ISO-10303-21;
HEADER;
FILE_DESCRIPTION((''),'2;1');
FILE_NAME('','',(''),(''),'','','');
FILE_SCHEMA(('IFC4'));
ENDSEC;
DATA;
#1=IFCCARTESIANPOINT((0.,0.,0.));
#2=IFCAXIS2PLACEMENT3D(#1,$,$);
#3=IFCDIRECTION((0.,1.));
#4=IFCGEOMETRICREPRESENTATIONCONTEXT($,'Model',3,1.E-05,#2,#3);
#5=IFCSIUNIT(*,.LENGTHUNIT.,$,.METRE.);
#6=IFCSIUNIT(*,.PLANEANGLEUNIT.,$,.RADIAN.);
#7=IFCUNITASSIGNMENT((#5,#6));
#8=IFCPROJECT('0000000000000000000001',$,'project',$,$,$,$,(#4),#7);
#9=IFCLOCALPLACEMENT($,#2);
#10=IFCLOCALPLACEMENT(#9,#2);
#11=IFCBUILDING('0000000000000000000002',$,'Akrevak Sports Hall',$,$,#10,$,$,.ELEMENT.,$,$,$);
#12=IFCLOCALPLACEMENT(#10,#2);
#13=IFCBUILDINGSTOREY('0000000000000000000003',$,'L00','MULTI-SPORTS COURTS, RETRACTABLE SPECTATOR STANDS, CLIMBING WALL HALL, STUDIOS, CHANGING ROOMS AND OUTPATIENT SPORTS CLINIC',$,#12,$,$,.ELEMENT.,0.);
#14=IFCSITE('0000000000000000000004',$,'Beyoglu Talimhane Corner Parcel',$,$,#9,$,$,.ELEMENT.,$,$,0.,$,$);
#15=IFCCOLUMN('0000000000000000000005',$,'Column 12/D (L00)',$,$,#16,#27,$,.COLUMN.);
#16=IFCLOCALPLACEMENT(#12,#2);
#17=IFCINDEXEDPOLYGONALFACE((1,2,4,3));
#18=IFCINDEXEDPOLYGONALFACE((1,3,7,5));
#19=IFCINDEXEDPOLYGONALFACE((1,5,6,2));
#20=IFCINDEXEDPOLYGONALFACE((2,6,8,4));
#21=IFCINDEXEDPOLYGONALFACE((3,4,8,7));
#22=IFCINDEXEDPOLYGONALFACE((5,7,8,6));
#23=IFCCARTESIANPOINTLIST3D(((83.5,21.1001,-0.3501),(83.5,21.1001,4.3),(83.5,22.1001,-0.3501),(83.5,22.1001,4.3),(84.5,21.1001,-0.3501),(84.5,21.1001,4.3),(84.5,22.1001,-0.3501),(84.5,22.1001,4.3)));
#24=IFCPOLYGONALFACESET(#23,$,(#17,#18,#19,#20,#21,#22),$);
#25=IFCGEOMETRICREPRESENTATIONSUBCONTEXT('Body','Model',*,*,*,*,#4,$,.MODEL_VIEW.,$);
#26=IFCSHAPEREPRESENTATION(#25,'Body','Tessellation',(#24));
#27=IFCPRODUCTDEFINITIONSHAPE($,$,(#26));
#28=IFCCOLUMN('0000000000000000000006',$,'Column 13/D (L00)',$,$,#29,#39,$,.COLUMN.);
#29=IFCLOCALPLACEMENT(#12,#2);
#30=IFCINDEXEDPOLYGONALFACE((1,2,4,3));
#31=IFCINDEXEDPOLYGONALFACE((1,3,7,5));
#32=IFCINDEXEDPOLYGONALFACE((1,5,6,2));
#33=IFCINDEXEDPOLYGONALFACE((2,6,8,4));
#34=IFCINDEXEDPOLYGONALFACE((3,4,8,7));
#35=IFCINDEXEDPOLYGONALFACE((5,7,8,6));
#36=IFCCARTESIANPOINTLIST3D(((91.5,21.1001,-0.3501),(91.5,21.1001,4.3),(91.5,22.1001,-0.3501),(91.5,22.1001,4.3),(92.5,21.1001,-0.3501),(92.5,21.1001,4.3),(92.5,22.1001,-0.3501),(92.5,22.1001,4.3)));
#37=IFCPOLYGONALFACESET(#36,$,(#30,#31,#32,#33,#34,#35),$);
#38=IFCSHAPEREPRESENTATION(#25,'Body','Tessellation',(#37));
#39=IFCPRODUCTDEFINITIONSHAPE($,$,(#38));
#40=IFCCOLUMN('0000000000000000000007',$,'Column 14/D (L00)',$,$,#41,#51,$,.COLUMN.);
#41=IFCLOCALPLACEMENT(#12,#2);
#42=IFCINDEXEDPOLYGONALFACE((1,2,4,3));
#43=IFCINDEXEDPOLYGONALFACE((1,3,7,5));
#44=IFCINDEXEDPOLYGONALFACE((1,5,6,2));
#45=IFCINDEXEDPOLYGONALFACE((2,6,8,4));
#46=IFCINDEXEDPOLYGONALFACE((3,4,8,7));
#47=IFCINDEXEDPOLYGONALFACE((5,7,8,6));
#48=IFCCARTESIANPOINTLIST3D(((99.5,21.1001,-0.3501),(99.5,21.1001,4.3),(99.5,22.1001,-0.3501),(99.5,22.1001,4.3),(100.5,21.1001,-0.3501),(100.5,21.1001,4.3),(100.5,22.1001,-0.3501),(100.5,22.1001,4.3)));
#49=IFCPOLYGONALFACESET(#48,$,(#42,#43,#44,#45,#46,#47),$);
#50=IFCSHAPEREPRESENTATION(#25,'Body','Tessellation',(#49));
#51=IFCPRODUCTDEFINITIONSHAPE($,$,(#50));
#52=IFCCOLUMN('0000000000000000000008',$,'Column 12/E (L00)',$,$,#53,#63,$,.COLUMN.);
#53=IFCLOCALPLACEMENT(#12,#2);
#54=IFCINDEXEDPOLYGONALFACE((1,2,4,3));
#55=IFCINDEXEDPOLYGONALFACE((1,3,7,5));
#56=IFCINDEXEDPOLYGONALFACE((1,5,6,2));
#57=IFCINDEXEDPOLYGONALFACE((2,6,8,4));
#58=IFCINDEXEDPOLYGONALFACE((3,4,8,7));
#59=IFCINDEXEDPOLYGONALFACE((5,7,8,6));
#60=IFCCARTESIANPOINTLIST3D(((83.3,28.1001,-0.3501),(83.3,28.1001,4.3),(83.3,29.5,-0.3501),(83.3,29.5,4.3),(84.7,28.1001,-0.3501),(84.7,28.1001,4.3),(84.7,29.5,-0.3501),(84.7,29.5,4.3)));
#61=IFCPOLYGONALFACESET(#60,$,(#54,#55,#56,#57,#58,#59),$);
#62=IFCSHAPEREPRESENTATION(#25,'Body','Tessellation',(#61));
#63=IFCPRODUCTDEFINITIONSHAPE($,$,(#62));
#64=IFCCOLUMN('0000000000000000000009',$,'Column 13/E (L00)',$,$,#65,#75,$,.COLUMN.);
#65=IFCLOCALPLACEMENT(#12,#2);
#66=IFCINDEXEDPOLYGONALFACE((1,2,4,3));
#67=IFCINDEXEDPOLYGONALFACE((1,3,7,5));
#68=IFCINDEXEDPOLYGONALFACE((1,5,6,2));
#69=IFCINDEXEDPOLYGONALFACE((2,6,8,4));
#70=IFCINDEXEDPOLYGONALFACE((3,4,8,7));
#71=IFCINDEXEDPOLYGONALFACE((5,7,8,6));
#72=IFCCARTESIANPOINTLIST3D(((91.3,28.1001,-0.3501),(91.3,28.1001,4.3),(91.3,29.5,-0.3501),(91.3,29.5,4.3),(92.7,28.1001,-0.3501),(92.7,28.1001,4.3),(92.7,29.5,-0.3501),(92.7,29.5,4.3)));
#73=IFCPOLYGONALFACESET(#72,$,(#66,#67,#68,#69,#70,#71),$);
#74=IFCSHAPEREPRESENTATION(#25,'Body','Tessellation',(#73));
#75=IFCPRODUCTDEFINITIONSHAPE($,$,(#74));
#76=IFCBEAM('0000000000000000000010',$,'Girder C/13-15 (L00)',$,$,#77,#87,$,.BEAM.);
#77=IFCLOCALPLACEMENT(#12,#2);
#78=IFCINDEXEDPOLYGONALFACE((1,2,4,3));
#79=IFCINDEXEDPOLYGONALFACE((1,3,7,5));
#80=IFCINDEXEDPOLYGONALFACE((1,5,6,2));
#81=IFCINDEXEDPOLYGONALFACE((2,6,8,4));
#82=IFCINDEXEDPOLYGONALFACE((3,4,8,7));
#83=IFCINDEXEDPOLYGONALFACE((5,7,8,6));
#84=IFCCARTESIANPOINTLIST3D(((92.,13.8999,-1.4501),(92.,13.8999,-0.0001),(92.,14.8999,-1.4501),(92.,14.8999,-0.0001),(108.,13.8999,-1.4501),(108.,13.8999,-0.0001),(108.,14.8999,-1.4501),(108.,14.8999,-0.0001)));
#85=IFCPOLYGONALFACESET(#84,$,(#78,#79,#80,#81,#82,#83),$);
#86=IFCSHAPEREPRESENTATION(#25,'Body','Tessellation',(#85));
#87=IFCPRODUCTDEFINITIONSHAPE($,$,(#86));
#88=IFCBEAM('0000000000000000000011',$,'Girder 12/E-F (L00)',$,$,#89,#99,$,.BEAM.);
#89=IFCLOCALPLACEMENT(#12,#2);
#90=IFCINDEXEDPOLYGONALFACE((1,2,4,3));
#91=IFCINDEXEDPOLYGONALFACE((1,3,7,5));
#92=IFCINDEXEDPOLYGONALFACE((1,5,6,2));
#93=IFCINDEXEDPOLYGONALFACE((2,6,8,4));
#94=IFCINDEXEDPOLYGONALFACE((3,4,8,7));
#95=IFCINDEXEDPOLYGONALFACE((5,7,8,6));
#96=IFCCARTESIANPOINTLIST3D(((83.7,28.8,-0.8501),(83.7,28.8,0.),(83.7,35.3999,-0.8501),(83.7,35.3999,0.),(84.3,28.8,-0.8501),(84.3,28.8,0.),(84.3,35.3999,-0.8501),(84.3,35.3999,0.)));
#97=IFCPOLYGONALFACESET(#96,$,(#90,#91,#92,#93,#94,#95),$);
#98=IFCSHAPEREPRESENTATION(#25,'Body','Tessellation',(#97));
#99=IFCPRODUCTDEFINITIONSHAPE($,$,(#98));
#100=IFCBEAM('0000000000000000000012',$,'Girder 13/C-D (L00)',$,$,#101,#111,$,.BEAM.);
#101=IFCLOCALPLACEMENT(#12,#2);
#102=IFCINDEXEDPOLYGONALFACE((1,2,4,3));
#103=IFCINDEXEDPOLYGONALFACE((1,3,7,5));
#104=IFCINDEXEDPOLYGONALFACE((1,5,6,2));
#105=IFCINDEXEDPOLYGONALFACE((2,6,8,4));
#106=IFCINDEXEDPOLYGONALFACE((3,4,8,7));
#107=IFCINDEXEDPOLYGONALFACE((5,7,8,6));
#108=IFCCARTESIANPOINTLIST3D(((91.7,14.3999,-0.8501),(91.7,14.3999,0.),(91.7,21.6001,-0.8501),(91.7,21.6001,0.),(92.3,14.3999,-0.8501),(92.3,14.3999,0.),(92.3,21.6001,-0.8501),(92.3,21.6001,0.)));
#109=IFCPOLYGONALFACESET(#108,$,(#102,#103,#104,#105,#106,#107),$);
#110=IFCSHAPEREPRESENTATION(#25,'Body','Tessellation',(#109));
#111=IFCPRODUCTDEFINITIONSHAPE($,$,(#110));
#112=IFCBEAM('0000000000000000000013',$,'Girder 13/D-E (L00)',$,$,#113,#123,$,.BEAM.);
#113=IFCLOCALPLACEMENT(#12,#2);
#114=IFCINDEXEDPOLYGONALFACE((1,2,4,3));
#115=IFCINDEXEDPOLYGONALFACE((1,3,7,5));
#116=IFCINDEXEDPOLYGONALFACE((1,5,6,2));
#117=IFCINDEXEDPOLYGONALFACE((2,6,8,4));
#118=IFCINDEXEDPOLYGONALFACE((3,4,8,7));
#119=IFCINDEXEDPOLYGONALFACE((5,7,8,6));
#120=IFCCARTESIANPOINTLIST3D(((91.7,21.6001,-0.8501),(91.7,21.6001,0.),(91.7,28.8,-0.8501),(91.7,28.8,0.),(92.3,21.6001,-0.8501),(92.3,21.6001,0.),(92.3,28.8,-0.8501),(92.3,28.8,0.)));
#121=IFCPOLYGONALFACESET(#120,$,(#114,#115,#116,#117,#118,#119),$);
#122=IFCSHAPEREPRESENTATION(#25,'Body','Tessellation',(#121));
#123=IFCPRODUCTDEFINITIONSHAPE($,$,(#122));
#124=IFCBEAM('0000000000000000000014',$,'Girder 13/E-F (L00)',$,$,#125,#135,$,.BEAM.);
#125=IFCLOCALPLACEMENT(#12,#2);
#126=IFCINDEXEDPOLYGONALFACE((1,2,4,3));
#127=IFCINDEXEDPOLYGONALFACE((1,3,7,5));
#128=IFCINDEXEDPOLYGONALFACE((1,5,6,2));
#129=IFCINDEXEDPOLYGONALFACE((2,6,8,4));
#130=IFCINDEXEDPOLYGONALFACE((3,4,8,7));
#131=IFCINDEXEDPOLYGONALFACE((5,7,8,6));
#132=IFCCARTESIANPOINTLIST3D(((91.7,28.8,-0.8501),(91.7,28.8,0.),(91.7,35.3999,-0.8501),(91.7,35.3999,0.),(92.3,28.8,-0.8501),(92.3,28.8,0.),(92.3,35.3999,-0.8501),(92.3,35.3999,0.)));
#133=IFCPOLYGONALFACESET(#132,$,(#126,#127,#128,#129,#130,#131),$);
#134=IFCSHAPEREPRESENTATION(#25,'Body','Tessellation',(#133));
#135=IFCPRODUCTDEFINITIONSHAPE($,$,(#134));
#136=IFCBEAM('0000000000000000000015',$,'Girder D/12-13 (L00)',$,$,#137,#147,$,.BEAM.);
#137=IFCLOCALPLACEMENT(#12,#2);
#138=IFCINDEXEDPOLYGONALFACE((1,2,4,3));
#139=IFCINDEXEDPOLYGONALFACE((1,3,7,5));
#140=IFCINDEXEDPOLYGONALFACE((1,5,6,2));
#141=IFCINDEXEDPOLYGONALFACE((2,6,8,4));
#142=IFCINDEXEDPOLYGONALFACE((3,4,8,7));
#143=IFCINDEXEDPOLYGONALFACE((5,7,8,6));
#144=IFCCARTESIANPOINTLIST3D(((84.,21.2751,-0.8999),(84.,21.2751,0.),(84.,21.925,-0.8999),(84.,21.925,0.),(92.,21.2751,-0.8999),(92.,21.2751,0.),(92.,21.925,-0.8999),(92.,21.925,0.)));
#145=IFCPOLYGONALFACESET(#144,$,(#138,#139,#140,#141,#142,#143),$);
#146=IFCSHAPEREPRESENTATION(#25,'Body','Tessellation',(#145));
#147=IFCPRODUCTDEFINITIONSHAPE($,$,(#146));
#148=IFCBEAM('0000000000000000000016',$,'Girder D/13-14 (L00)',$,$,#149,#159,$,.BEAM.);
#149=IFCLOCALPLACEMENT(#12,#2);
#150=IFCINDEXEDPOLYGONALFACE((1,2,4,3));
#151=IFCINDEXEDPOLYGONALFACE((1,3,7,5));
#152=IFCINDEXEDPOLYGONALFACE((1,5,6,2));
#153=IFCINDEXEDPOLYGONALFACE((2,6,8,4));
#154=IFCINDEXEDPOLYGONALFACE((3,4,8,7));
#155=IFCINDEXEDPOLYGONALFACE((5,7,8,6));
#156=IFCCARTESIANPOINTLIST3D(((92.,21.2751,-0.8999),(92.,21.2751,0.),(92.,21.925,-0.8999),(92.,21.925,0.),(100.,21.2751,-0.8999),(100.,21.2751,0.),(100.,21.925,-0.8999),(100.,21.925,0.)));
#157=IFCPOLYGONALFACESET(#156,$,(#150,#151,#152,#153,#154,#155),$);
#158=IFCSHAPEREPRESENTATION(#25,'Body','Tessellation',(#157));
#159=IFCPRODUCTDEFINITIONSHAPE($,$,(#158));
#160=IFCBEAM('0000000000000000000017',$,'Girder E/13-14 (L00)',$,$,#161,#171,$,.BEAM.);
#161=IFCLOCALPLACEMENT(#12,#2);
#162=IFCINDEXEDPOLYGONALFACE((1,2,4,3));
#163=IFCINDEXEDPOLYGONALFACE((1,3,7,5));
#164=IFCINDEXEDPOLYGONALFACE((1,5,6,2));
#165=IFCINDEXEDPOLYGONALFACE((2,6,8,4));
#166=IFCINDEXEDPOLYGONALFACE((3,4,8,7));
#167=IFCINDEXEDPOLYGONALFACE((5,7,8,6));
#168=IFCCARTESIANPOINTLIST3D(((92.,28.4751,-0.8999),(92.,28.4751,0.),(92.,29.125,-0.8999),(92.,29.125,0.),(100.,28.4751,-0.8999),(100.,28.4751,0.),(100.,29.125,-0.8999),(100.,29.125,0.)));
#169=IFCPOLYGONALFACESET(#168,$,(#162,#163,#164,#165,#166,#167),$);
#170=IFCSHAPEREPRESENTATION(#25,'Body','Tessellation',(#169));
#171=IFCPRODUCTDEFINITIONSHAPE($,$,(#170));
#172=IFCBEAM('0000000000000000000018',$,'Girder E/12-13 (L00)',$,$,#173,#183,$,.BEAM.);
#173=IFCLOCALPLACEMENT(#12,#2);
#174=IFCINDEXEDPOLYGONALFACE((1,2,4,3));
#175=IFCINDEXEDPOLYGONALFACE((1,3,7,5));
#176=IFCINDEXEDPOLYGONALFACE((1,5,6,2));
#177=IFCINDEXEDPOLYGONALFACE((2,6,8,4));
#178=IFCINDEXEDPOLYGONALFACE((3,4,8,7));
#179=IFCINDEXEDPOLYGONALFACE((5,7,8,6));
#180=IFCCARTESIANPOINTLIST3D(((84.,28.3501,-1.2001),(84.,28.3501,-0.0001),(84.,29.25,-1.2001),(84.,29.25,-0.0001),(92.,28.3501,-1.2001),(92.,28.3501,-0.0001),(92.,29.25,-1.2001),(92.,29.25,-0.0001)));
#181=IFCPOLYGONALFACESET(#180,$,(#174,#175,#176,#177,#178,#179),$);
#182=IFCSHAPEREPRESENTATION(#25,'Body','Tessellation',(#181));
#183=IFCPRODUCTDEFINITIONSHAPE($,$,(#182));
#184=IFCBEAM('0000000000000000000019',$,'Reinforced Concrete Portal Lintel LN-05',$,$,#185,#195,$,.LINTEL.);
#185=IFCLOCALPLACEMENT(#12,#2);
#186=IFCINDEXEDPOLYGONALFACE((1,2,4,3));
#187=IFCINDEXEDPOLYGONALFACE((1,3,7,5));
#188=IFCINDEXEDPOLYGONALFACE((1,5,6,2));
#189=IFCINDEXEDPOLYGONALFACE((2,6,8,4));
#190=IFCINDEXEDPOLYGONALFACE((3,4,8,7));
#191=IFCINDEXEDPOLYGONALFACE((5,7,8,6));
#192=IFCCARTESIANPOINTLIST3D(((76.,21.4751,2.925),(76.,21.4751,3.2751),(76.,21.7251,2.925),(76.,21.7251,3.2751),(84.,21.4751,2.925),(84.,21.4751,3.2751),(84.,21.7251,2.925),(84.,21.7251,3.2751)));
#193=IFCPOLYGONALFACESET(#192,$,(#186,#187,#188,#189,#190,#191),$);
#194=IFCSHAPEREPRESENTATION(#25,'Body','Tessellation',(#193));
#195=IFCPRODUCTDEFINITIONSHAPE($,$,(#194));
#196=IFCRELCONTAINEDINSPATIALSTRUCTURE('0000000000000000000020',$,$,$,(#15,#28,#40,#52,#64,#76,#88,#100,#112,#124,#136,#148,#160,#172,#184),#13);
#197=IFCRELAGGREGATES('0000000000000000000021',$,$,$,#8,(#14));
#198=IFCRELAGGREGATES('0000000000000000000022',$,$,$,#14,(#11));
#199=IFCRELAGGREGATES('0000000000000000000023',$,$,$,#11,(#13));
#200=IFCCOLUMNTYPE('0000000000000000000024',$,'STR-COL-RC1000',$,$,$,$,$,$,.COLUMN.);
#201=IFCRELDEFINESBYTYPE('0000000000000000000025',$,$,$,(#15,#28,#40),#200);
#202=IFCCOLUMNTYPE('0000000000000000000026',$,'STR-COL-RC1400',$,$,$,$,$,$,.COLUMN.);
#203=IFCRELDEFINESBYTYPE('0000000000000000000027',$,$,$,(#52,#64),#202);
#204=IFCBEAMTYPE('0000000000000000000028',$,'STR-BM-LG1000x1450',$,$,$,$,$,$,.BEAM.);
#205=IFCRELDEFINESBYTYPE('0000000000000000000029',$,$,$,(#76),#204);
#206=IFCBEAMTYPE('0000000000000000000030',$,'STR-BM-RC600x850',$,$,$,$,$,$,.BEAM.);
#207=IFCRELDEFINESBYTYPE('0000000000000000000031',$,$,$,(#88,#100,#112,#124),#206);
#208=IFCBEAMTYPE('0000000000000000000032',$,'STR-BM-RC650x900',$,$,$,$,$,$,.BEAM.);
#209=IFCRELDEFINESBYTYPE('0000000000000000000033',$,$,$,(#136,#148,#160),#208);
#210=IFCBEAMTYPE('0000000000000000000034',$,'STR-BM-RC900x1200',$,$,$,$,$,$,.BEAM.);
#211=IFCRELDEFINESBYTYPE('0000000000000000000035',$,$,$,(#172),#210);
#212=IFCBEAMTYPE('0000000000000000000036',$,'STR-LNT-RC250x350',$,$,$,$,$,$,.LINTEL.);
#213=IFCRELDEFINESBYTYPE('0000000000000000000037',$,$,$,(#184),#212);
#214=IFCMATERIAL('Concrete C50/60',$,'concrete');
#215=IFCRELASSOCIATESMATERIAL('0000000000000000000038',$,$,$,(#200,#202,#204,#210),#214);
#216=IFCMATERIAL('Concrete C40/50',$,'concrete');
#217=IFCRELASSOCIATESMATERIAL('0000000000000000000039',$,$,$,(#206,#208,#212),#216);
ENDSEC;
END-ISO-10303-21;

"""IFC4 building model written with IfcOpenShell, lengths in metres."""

from ifc_helpers import new_model, si_unit, direction, frame, origin, origin_2d, place, context, subcontext, project, spatial, rectangle, extrude, material, material_profile, profile_set, type_object, element, save


model = new_model("IFC4")

# Units and contexts
model_context = context("Model", 3, precision=1e-05, world=origin(), true_north=direction((0.0, 1.0)))
body_context = subcontext(model_context, "Body", "Model", "MODEL_VIEW")
ifc_project = project(units=[si_unit("LENGTHUNIT", "METRE"), si_unit("PLANEANGLEUNIT", "RADIAN")], contexts=[model_context])

# Site, building, storey
site_placement = place(None, origin())
site = spatial("IfcSite", under=ifc_project, at=site_placement, Name="Beyoglu Talimhane Corner Parcel", CompositionType="ELEMENT", RefElevation=0.0)
building_placement = place(site_placement, origin())
building = spatial("IfcBuilding", under=site, at=building_placement, Name="Akrevak Sports Hall", CompositionType="ELEMENT")
storey_placement = place(building_placement, origin())
storey = spatial("IfcBuildingStorey", under=building, at=storey_placement, Name="L00", Description="MULTI-SPORTS COURTS, RETRACTABLE SPECTATOR STANDS, CLIMBING WALL HALL, STUDIOS, CHANGING ROOMS AND OUTPATIENT SPORTS CLINIC", CompositionType="ELEMENT", Elevation=0.0)

# Columns
ifc_material_1 = material(Name="Concrete C50/60", Category="concrete")
ifc_material_profile_1 = material_profile(ifc_material_1, rectangle(XDim=1.0, YDim=1.0, at=origin_2d()), Name="RC 1000x1000", Category="concrete")
ifc_profile_set_1 = profile_set([ifc_material_profile_1], Name="Concrete C50/60")
column_type_1 = type_object("IfcColumnType", Name="STR-COL-RC1000", PredefinedType="COLUMN", material=ifc_profile_set_1)
for number, where, z_axis, x_axis, name in (
    (1, (84.0, 21.6001, -0.3501), (0.0, 0.0, 1.0), (1.0, 0.0, 0.0), "Column 12/D (L00)"),
    (2, (92.0, 21.6001, -0.3501), (0.0, 0.0, 1.0), (1.0, 0.0, 0.0), "Column 13/D (L00)"),
    (3, (100.0, 21.6001, -0.3501), (0.0, 0.0, 1.0), (1.0, 0.0, 0.0), "Column 14/D (L00)"),
):
    element("IfcColumn", number, at=place(storey_placement, frame(where, z_axis=z_axis, x_axis=x_axis)), inside=storey, type_object=column_type_1, Name=name, PredefinedType="COLUMN", context=body_context, shape_type="SweptSolid", body=[
        extrude(rectangle(XDim=1.0, YDim=1.0, at=origin_2d()), origin(), (0.0, 0.0, 1.0), 4.6501),
    ])
ifc_material_profile_2 = material_profile(ifc_material_1, rectangle(XDim=1.3999, YDim=1.3999, at=origin_2d()), Name="RC 1400x1400", Category="concrete")
ifc_profile_set_2 = profile_set([ifc_material_profile_2], Name="Concrete C50/60")
column_type_2 = type_object("IfcColumnType", Name="STR-COL-RC1400", PredefinedType="COLUMN", material=ifc_profile_set_2)
for number, where, z_axis, x_axis, name in (
    (4, (84.0, 28.8, -0.3501), (0.0, 0.0, 1.0), (1.0, 0.0, 0.0), "Column 12/E (L00)"),
    (5, (92.0, 28.8, -0.3501), (0.0, 0.0, 1.0), (1.0, 0.0, 0.0), "Column 13/E (L00)"),
):
    element("IfcColumn", number, at=place(storey_placement, frame(where, z_axis=z_axis, x_axis=x_axis)), inside=storey, type_object=column_type_2, Name=name, PredefinedType="COLUMN", context=body_context, shape_type="SweptSolid", body=[
        extrude(rectangle(XDim=1.3999, YDim=1.3999, at=origin_2d()), origin(), (0.0, 0.0, 1.0), 4.6501),
    ])

# Beams
ifc_material_profile_3 = material_profile(ifc_material_1, rectangle(XDim=1.0, YDim=1.45, at=origin_2d()), Name="BM 1000x1450", Category="concrete")
ifc_profile_set_3 = profile_set([ifc_material_profile_3], Name="Concrete C50/60")
beam_type_1 = type_object("IfcBeamType", Name="STR-BM-LG1000x1450", PredefinedType="BEAM", material=ifc_profile_set_3)
beam_1_placement = place(storey_placement, frame((92.0, 14.3999, -0.7251), z_axis=(1.0, 0.0, 0.0), x_axis=(0.0, 1.0, 0.0)))
element("IfcBeam", 6, at=beam_1_placement, inside=storey, type_object=beam_type_1, Name="Girder C/13-15 (L00)", PredefinedType="BEAM", context=body_context, shape_type="SweptSolid", body=[
    extrude(rectangle(XDim=1.0, YDim=1.45, at=origin_2d()), origin(), (0.0, 0.0, 1.0), 16.0),
])
ifc_material_2 = material(Name="Concrete C40/50", Category="concrete")
ifc_material_profile_4 = material_profile(ifc_material_2, rectangle(XDim=0.6001, YDim=0.8501, at=origin_2d()), Name="BM 600x850", Category="concrete")
ifc_profile_set_4 = profile_set([ifc_material_profile_4], Name="Concrete C40/50")
beam_type_2 = type_object("IfcBeamType", Name="STR-BM-RC600x850", PredefinedType="BEAM", material=ifc_profile_set_4)
beam_2_placement = place(storey_placement, frame((84.0, 28.8, -0.425), z_axis=(0.0, 1.0, 0.0), x_axis=(-1.0, 0.0, 0.0)))
element("IfcBeam", 7, at=beam_2_placement, inside=storey, type_object=beam_type_2, Name="Girder 12/E-F (L00)", PredefinedType="BEAM", context=body_context, shape_type="SweptSolid", body=[
    extrude(rectangle(XDim=0.6001, YDim=0.8501, at=origin_2d()), origin(), (0.0, 0.0, 1.0), 6.5999),
])
beam_3_placement = place(storey_placement, frame((92.0, 14.3999, -0.425), z_axis=(0.0, 1.0, 0.0), x_axis=(-1.0, 0.0, 0.0)))
element("IfcBeam", 8, at=beam_3_placement, inside=storey, type_object=beam_type_2, Name="Girder 13/C-D (L00)", PredefinedType="BEAM", context=body_context, shape_type="SweptSolid", body=[
    extrude(rectangle(XDim=0.6001, YDim=0.8501, at=origin_2d()), origin(), (0.0, 0.0, 1.0), 7.2002),
])
beam_4_placement = place(storey_placement, frame((92.0, 21.6001, -0.425), z_axis=(0.0, 1.0, 0.0), x_axis=(-1.0, 0.0, 0.0)))
element("IfcBeam", 9, at=beam_4_placement, inside=storey, type_object=beam_type_2, Name="Girder 13/D-E (L00)", PredefinedType="BEAM", context=body_context, shape_type="SweptSolid", body=[
    extrude(rectangle(XDim=0.6001, YDim=0.8501, at=origin_2d()), origin(), (0.0, 0.0, 1.0), 7.2),
])
beam_5_placement = place(storey_placement, frame((92.0, 28.8, -0.425), z_axis=(0.0, 1.0, 0.0), x_axis=(-1.0, 0.0, 0.0)))
element("IfcBeam", 10, at=beam_5_placement, inside=storey, type_object=beam_type_2, Name="Girder 13/E-F (L00)", PredefinedType="BEAM", context=body_context, shape_type="SweptSolid", body=[
    extrude(rectangle(XDim=0.6001, YDim=0.8501, at=origin_2d()), origin(), (0.0, 0.0, 1.0), 6.5999),
])
ifc_material_profile_5 = material_profile(ifc_material_2, rectangle(XDim=0.6499, YDim=0.8999, at=origin_2d()), Name="BM 650x900", Category="concrete")
ifc_profile_set_5 = profile_set([ifc_material_profile_5], Name="Concrete C40/50")
beam_type_3 = type_object("IfcBeamType", Name="STR-BM-RC650x900", PredefinedType="BEAM", material=ifc_profile_set_5)
for number, where, z_axis, x_axis, name in (
    (11, (84.0, 21.6001, -0.45), (1.0, 0.0, 0.0), (0.0, 1.0, 0.0), "Girder D/12-13 (L00)"),
    (12, (92.0, 21.6001, -0.45), (1.0, 0.0, 0.0), (0.0, 1.0, 0.0), "Girder D/13-14 (L00)"),
    (13, (92.0, 28.8, -0.45), (1.0, 0.0, 0.0), (0.0, 1.0, 0.0), "Girder E/13-14 (L00)"),
):
    element("IfcBeam", number, at=place(storey_placement, frame(where, z_axis=z_axis, x_axis=x_axis)), inside=storey, type_object=beam_type_3, Name=name, PredefinedType="BEAM", context=body_context, shape_type="SweptSolid", body=[
        extrude(rectangle(XDim=0.6499, YDim=0.8999, at=origin_2d()), origin(), (0.0, 0.0, 1.0), 8.0),
    ])
ifc_material_profile_6 = material_profile(ifc_material_1, rectangle(XDim=0.8999, YDim=1.2, at=origin_2d()), Name="BM 900x1200", Category="concrete")
ifc_profile_set_6 = profile_set([ifc_material_profile_6], Name="Concrete C50/60")
beam_type_4 = type_object("IfcBeamType", Name="STR-BM-RC900x1200", PredefinedType="BEAM", material=ifc_profile_set_6)
beam_6_placement = place(storey_placement, frame((84.0, 28.8, -0.6001), z_axis=(1.0, 0.0, 0.0), x_axis=(0.0, 1.0, 0.0)))
element("IfcBeam", 14, at=beam_6_placement, inside=storey, type_object=beam_type_4, Name="Girder E/12-13 (L00)", PredefinedType="BEAM", context=body_context, shape_type="SweptSolid", body=[
    extrude(rectangle(XDim=0.8999, YDim=1.2, at=origin_2d()), origin(), (0.0, 0.0, 1.0), 8.0),
])
ifc_material_profile_7 = material_profile(ifc_material_2, rectangle(XDim=0.25, YDim=0.3501, at=origin_2d()), Name="LNT 250x350", Category="concrete")
ifc_profile_set_7 = profile_set([ifc_material_profile_7], Name="Concrete C40/50")
beam_type_5 = type_object("IfcBeamType", Name="STR-LNT-RC250x350", PredefinedType="LINTEL", material=ifc_profile_set_7)
for number, where, z_axis, x_axis, name in (
    (15, (76.0, 21.6001, 3.1001), (1.0, 0.0, 0.0), (0.0, 1.0, 0.0), "Reinforced Concrete Portal Lintel LN-05"),
):
    element("IfcBeam", number, at=place(storey_placement, frame(where, z_axis=z_axis, x_axis=x_axis)), inside=storey, type_object=beam_type_5, Name=name, PredefinedType="LINTEL", context=body_context, shape_type="SweptSolid", body=[
        extrude(rectangle(XDim=0.25, YDim=0.3501, at=origin_2d()), origin(), (0.0, 0.0, 1.0), 8.0),
    ])

save(model, "model.ifc")
